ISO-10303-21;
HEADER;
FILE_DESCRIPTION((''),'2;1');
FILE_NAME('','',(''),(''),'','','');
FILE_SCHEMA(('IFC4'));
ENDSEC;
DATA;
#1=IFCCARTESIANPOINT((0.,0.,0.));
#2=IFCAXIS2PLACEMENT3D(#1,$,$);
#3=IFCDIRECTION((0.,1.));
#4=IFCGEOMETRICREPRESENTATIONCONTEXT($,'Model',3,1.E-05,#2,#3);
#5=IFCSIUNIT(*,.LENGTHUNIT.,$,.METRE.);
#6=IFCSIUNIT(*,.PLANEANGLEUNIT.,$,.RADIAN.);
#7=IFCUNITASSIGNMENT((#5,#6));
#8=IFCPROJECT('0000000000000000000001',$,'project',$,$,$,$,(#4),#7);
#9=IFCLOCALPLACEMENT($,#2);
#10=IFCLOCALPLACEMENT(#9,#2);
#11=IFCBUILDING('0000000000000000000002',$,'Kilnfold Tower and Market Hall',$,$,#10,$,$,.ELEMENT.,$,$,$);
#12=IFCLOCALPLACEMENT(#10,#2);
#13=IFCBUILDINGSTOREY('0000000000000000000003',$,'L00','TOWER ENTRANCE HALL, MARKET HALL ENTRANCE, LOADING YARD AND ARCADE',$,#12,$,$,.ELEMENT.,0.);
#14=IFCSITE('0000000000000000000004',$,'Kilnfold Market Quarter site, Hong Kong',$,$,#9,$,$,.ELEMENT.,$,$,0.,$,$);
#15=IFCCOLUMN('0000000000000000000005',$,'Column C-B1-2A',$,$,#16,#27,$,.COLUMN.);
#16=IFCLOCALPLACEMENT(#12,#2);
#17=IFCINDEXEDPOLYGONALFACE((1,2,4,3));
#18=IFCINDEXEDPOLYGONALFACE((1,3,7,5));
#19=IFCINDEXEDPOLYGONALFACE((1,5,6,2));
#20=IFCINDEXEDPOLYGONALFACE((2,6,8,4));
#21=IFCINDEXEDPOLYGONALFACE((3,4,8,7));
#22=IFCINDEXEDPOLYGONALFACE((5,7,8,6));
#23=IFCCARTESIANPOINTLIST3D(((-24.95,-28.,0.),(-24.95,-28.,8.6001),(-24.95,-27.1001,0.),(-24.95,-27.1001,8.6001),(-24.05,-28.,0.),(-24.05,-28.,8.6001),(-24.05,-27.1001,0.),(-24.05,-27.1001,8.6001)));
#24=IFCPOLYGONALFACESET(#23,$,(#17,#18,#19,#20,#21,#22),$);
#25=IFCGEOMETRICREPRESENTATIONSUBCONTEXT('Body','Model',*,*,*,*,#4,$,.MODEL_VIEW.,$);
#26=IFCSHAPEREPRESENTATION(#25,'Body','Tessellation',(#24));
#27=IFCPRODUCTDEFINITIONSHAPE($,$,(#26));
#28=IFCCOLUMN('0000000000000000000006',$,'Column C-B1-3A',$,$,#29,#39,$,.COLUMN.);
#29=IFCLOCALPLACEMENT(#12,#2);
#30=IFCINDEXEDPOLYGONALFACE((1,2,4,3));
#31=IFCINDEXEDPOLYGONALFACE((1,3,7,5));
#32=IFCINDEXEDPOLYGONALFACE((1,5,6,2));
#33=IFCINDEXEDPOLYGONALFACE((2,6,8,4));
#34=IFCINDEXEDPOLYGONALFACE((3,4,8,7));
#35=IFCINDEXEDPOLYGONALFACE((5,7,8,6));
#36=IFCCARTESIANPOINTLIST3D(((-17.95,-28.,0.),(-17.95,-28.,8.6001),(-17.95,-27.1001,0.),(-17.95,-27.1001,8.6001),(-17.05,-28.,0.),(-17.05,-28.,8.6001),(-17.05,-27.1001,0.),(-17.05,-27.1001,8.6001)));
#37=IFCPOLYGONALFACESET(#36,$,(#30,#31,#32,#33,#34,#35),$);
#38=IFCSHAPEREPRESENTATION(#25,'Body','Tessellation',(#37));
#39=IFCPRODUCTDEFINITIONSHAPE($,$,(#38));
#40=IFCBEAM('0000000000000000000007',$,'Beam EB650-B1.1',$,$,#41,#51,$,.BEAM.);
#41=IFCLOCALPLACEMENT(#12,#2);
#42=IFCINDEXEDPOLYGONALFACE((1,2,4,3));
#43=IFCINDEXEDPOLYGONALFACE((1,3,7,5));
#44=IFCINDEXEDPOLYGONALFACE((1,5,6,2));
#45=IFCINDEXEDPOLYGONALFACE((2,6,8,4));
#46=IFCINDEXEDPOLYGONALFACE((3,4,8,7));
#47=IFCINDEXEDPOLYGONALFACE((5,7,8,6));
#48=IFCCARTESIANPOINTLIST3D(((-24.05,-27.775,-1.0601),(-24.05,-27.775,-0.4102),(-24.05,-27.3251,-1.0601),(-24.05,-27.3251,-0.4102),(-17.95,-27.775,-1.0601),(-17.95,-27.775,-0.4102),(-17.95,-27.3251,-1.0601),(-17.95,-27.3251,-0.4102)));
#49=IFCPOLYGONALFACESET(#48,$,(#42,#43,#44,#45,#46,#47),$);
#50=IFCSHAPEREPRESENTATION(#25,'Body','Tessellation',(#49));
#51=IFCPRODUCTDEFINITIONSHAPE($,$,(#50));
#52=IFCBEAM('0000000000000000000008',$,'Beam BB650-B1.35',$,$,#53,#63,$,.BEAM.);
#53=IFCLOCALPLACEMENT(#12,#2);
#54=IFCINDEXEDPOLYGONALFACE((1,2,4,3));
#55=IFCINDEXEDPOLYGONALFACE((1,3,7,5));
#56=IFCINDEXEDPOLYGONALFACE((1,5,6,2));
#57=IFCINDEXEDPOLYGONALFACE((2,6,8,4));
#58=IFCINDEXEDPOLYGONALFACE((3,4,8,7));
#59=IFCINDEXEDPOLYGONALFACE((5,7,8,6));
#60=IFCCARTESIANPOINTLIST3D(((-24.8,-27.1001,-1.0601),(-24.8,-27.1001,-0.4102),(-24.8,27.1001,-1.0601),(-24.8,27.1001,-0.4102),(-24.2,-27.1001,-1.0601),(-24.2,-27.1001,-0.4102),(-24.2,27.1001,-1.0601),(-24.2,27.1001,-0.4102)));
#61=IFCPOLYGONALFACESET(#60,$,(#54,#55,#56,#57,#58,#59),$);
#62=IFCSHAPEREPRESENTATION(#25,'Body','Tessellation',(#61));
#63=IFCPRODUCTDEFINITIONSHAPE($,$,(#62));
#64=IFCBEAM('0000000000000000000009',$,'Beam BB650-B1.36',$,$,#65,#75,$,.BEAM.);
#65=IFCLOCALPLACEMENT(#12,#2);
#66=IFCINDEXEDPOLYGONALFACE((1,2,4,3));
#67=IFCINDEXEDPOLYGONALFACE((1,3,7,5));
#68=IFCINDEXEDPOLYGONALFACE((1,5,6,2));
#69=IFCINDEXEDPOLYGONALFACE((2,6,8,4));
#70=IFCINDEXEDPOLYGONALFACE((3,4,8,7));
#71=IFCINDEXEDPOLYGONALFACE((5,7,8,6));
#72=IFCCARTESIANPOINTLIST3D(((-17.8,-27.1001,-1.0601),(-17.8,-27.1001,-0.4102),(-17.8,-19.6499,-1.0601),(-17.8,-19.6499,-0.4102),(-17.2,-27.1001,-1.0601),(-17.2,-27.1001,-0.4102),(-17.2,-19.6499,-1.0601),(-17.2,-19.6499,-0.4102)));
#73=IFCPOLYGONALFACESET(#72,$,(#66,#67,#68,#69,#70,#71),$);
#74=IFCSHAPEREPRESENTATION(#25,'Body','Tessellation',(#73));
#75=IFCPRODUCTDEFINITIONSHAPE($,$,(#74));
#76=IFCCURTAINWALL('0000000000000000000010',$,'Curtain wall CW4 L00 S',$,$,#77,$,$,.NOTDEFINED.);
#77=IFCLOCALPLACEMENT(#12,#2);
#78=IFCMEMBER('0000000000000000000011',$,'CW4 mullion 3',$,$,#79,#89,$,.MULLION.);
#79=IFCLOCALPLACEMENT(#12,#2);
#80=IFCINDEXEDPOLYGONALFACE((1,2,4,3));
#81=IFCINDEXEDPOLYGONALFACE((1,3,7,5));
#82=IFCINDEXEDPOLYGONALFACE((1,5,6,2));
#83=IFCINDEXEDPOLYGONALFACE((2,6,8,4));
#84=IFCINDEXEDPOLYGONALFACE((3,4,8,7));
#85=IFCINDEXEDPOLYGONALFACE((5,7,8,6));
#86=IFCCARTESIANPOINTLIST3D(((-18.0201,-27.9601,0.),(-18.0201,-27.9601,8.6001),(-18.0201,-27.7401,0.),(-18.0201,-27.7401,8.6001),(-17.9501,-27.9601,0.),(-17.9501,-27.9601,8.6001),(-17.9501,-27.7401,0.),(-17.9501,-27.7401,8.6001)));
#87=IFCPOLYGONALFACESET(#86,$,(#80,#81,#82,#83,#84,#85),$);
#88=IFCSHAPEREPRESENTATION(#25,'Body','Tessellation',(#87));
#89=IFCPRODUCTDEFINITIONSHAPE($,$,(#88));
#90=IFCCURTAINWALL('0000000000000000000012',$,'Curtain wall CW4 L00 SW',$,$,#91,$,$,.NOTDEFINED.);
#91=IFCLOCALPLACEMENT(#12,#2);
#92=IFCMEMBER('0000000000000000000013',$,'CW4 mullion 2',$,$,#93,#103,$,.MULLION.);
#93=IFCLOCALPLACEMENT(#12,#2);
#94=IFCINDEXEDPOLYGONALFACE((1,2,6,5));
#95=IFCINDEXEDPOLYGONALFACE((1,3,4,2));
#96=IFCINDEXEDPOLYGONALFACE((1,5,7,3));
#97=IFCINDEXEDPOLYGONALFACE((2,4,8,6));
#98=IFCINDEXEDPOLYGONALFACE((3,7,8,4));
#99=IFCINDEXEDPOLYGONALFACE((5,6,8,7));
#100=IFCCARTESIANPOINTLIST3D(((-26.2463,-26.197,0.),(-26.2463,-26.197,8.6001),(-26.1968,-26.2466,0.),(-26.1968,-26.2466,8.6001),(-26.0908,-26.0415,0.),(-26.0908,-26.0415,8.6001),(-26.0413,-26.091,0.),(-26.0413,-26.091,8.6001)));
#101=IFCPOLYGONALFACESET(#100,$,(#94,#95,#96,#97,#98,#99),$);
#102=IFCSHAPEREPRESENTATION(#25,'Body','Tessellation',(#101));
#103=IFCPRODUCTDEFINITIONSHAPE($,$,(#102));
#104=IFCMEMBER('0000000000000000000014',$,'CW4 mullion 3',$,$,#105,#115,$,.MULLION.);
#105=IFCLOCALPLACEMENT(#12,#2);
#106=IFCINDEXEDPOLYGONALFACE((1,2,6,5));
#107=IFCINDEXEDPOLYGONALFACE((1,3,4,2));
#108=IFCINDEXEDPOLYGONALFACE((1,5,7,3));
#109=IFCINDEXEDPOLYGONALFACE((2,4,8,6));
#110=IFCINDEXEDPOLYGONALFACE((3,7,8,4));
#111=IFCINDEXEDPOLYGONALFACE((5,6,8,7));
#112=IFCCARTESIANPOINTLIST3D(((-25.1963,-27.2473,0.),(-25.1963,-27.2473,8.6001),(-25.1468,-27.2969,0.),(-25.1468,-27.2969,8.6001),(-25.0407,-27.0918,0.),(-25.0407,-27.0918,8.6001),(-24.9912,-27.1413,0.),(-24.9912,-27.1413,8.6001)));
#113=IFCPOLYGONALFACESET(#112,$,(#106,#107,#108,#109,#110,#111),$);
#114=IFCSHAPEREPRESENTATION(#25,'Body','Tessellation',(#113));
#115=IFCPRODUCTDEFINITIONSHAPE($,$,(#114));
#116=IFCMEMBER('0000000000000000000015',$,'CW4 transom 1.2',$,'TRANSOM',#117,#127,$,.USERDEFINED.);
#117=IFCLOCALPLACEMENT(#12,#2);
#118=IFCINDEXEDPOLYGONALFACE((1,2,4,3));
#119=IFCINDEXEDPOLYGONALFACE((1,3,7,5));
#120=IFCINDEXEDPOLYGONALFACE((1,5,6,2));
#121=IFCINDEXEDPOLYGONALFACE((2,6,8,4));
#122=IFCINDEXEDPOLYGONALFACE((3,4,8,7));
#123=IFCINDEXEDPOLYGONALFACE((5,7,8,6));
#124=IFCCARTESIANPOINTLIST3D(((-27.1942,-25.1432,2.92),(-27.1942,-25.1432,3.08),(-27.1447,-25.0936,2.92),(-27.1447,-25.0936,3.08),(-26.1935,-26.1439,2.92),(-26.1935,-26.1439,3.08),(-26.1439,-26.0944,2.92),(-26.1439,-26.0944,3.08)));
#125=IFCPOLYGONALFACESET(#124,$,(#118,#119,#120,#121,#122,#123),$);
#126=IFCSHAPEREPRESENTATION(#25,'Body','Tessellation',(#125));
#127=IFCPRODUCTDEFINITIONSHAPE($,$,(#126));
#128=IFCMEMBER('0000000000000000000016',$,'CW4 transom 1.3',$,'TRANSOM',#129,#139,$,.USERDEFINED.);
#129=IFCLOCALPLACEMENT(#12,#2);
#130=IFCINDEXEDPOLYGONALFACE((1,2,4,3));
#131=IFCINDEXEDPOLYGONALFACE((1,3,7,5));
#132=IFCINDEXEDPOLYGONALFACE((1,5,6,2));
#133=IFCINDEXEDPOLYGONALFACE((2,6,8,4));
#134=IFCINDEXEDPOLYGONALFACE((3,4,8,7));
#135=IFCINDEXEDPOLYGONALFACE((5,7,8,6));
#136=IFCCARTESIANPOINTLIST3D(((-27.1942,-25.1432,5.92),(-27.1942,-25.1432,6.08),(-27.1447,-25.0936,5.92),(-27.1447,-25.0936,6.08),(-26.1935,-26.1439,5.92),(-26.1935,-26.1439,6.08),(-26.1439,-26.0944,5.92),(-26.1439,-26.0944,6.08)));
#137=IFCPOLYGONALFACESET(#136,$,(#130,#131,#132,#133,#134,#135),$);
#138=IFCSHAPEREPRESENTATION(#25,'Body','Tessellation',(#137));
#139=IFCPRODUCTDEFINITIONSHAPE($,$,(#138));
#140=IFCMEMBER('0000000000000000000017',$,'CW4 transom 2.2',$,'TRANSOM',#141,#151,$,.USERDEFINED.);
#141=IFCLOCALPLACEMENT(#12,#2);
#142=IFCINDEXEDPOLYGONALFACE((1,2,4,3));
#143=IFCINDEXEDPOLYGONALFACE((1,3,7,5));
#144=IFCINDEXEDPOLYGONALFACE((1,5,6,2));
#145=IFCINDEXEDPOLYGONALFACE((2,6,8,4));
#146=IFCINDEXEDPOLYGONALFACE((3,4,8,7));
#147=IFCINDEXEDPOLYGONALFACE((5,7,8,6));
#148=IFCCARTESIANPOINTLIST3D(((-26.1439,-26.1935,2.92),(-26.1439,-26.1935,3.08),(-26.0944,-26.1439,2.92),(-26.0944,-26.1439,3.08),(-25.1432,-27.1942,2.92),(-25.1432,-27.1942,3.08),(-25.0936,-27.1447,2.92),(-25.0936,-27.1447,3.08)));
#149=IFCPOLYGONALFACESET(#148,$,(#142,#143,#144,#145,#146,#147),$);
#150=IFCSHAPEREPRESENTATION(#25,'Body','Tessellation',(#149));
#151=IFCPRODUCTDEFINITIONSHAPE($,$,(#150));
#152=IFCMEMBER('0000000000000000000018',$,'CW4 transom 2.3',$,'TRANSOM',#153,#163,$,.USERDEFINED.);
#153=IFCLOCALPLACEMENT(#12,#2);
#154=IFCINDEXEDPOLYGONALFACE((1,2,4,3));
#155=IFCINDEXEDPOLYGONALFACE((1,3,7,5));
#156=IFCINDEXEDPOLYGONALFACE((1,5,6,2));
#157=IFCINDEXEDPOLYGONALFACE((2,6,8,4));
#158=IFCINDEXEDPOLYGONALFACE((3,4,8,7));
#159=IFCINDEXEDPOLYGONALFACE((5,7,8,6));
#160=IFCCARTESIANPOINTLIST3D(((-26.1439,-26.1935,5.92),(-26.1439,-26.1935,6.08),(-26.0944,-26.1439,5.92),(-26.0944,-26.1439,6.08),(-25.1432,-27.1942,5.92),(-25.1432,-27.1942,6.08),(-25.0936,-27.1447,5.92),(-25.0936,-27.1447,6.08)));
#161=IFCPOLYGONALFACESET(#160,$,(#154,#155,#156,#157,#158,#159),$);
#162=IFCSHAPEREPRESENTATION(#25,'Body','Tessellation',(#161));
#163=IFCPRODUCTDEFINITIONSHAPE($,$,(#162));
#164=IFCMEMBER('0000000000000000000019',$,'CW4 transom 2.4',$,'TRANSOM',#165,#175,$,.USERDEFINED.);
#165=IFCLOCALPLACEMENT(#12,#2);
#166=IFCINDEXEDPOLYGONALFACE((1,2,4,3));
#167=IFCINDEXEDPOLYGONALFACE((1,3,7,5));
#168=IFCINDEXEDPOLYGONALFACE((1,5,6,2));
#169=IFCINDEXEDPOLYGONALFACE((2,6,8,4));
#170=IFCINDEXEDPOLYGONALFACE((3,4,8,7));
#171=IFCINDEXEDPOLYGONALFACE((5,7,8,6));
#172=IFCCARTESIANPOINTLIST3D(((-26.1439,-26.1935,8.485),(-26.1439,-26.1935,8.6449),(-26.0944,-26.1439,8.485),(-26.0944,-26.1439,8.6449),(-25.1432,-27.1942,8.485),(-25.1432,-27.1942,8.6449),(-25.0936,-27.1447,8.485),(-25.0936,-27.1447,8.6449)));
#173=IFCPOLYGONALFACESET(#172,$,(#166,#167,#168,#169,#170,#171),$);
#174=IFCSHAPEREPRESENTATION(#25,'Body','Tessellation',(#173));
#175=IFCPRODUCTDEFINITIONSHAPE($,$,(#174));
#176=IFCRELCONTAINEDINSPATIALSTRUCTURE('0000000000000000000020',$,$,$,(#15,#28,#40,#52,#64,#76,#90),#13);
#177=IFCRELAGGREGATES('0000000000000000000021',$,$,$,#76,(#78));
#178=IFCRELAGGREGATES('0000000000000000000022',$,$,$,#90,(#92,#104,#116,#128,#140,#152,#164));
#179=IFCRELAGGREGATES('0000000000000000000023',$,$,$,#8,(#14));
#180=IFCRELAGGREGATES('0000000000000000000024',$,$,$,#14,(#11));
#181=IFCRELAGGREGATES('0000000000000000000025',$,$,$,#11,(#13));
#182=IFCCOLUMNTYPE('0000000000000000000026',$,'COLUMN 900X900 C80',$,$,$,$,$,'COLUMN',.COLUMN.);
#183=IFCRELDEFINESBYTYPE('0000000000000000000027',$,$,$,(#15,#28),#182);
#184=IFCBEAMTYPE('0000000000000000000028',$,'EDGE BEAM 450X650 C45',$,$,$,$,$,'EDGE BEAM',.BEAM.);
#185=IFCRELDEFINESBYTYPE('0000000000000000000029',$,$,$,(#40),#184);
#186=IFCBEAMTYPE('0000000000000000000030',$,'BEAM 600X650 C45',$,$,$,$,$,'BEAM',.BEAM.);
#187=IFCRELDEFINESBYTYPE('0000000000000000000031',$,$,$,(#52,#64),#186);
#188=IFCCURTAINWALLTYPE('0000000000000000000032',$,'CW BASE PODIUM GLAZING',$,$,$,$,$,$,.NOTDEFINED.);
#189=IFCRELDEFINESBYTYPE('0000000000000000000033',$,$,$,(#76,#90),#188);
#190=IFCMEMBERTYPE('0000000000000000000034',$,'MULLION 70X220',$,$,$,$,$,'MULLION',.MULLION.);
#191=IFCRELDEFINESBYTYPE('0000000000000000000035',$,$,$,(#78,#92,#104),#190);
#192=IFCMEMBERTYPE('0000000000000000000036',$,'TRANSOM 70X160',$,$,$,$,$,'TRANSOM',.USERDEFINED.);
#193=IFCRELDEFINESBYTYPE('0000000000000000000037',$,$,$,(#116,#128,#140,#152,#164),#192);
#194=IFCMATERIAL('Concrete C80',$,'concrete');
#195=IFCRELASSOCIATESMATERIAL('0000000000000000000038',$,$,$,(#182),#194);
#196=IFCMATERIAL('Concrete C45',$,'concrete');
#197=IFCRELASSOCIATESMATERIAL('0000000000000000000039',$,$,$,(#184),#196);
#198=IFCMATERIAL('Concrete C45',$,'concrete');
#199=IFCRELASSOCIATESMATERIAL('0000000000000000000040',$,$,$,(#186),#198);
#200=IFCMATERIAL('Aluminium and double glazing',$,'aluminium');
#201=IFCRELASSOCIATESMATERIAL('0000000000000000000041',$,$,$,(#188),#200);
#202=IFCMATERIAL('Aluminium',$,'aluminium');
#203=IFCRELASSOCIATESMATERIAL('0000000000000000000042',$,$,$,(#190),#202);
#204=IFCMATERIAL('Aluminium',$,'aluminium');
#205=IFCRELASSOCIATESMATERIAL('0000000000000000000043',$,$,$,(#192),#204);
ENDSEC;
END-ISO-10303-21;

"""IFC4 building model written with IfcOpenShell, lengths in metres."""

from ifc_helpers import new_model, si_unit, direction, frame, origin, origin_2d, place, context, subcontext, project, spatial, rectangle, extrude, source, transform, mapped, material, material_profile, profile_set, type_object, element, aggregate, save


model = new_model("IFC4")

# Units and contexts
model_context = context("Model", 3, precision=1e-05, world=origin(), true_north=direction((0.0, 1.0)))
body_context = subcontext(model_context, "Body", "Model", "MODEL_VIEW")
ifc_project = project(units=[si_unit("LENGTHUNIT", "METRE"), si_unit("PLANEANGLEUNIT", "RADIAN")], contexts=[model_context])

# Site, building, storey
site_placement = place(None, origin())
site = spatial("IfcSite", under=ifc_project, at=site_placement, Name="Kilnfold Market Quarter site, Hong Kong", CompositionType="ELEMENT", RefElevation=0.0)
building_placement = place(site_placement, origin())
building = spatial("IfcBuilding", under=site, at=building_placement, Name="Kilnfold Tower and Market Hall", CompositionType="ELEMENT")
storey_placement = place(building_placement, origin())
storey = spatial("IfcBuildingStorey", under=building, at=storey_placement, Name="L00", Description="TOWER ENTRANCE HALL, MARKET HALL ENTRANCE, LOADING YARD AND ARCADE", CompositionType="ELEMENT", Elevation=0.0)

# Columns
ifc_material_1 = material(Name="Concrete C80", Category="concrete")
ifc_material_profile_1 = material_profile(ifc_material_1, rectangle(XDim=0.8999, YDim=0.8999, at=origin_2d()), Name="RC 900x900")
ifc_profile_set_1 = profile_set([ifc_material_profile_1], Name="Concrete C80")
column_type = type_object("IfcColumnType", Name="COLUMN 900X900 C80", ElementType="COLUMN", PredefinedType="COLUMN", material=ifc_profile_set_1)
shared_shape_1 = source(origin(), body_context, "Body", "SweptSolid", [
    extrude(rectangle(XDim=0.8999, YDim=0.8999, at=origin_2d()), origin(), (0.0, 0.0, 1.0), 8.6001),
])
for number, where, z_axis, x_axis, name in (
    (1, (-24.5, -27.55, 0.0), (0.0, 0.0, 1.0), (1.0, 0.0, 0.0), "Column C-B1-2A"),
    (2, (-17.5, -27.55, 0.0), (0.0, 0.0, 1.0), (1.0, 0.0, 0.0), "Column C-B1-3A"),
):
    element("IfcColumn", number, at=place(storey_placement, frame(where, z_axis=z_axis, x_axis=x_axis)), inside=storey, type_object=column_type, Name=name, PredefinedType="COLUMN", context=body_context, shape_type="MappedRepresentation", body=[
        mapped(shared_shape_1, transform((0.0, 0.0, 0.0))),
    ])

# Beams
ifc_material_2 = material(Name="Concrete C45", Category="concrete")
ifc_material_profile_2 = material_profile(ifc_material_2, rectangle(XDim=0.45, YDim=0.6499, at=origin_2d()), Name="RC 450x650")
ifc_profile_set_2 = profile_set([ifc_material_profile_2], Name="Concrete C45")
beam_type_1 = type_object("IfcBeamType", Name="EDGE BEAM 450X650 C45", ElementType="EDGE BEAM", PredefinedType="BEAM", material=ifc_profile_set_2)
shared_shape_2 = source(origin(), body_context, "Body", "SweptSolid", [
    extrude(rectangle(XDim=0.45, YDim=0.6499, at=origin_2d()), origin(), (0.0, 0.0, 1.0), 6.1001),
])
beam_1_placement = place(storey_placement, frame((-24.05, -27.55, -0.7351), z_axis=(1.0, 0.0, 0.0), x_axis=(0.0, 1.0, 0.0)))
element("IfcBeam", 3, at=beam_1_placement, inside=storey, type_object=beam_type_1, Name="Beam EB650-B1.1", PredefinedType="BEAM", context=body_context, shape_type="MappedRepresentation", body=[
    mapped(shared_shape_2, transform((0.0, 0.0, 0.0))),
])
ifc_material_3 = material(Name="Concrete C45", Category="concrete")
ifc_material_profile_3 = material_profile(ifc_material_3, rectangle(XDim=0.6001, YDim=0.6499, at=origin_2d()), Name="RC 600x650")
ifc_profile_set_3 = profile_set([ifc_material_profile_3], Name="Concrete C45")
beam_type_2 = type_object("IfcBeamType", Name="BEAM 600X650 C45", ElementType="BEAM", PredefinedType="BEAM", material=ifc_profile_set_3)
shared_shape_3 = source(origin(), body_context, "Body", "SweptSolid", [
    extrude(rectangle(XDim=0.6001, YDim=0.6499, at=origin_2d()), origin(), (0.0, 0.0, 1.0), 54.2002),
])
beam_2_placement = place(storey_placement, frame((-24.5, -27.1001, -0.7351), z_axis=(0.0, 1.0, 0.0), x_axis=(-1.0, 0.0, 0.0)))
element("IfcBeam", 4, at=beam_2_placement, inside=storey, type_object=beam_type_2, Name="Beam BB650-B1.35", PredefinedType="BEAM", context=body_context, shape_type="MappedRepresentation", body=[
    mapped(shared_shape_3, transform((0.0, 0.0, 0.0))),
])
shared_shape_4 = source(origin(), body_context, "Body", "SweptSolid", [
    extrude(rectangle(XDim=0.6001, YDim=0.6499, at=origin_2d()), origin(), (0.0, 0.0, 1.0), 7.4502),
])
beam_3_placement = place(storey_placement, frame((-17.5, -27.1001, -0.7351), z_axis=(0.0, 1.0, 0.0), x_axis=(-1.0, 0.0, 0.0)))
element("IfcBeam", 5, at=beam_3_placement, inside=storey, type_object=beam_type_2, Name="Beam BB650-B1.36", PredefinedType="BEAM", context=body_context, shape_type="MappedRepresentation", body=[
    mapped(shared_shape_4, transform((0.0, 0.0, 0.0))),
])

# Curtain wall, member
ifc_material_4 = material(Name="Aluminium and double glazing", Category="aluminium")
curtain_wall_type = type_object("IfcCurtainWallType", Name="CW BASE PODIUM GLAZING", PredefinedType="NOTDEFINED", material=ifc_material_4)
curtain_wall_1_placement = place(storey_placement, origin())
curtain_wall_1 = element("IfcCurtainWall", 6, at=curtain_wall_1_placement, inside=storey, type_object=curtain_wall_type, Name="Curtain wall CW4 L00 S", PredefinedType="NOTDEFINED")
ifc_material_5 = material(Name="Aluminium", Category="aluminium")
ifc_material_profile_4 = material_profile(ifc_material_5, rectangle(XDim=0.0701, YDim=0.22, at=origin_2d()), Name="MULLION 70x220")
ifc_profile_set_4 = profile_set([ifc_material_profile_4], Name="Aluminium")
member_type_1 = type_object("IfcMemberType", Name="MULLION 70X220", ElementType="MULLION", PredefinedType="MULLION", material=ifc_profile_set_4)
shared_shape_5 = source(origin(), body_context, "Body", "SweptSolid", [
    extrude(rectangle(XDim=0.0701, YDim=0.22, at=origin_2d()), origin(), (0.0, 0.0, 1.0), 8.6001),
])
member_1_placement = place(storey_placement, frame((-17.9851, -27.8501, 0.0), z_axis=(0.0, 0.0, 1.0), x_axis=(1.0, 0.0, 0.0)))
member_1 = element("IfcMember", 7, at=member_1_placement, type_object=member_type_1, Name="CW4 mullion 3", PredefinedType="MULLION", context=body_context, shape_type="MappedRepresentation", body=[
    mapped(shared_shape_5, transform((0.0, 0.0, 0.0))),
])

# Curtain wall, members
curtain_wall_2_placement = place(storey_placement, origin())
curtain_wall_2 = element("IfcCurtainWall", 8, at=curtain_wall_2_placement, inside=storey, type_object=curtain_wall_type, Name="Curtain wall CW4 L00 SW", PredefinedType="NOTDEFINED")
member_2_placement = place(storey_placement, frame((-26.1438, -26.144, 0.0), z_axis=(0.0, 0.0, 1.0), x_axis=(0.70709, -0.707123, 0.0)))
member_2 = element("IfcMember", 9, at=member_2_placement, type_object=member_type_1, Name="CW4 mullion 2", PredefinedType="MULLION", context=body_context, shape_type="MappedRepresentation", body=[
    mapped(shared_shape_5, transform((0.0, 0.0, 0.0))),
])
member_3_placement = place(storey_placement, frame((-25.0938, -27.1943, 0.0), z_axis=(0.0, 0.0, 1.0), x_axis=(0.70709, -0.707123, 0.0)))
member_3 = element("IfcMember", 10, at=member_3_placement, type_object=member_type_1, Name="CW4 mullion 3", PredefinedType="MULLION", context=body_context, shape_type="MappedRepresentation", body=[
    mapped(shared_shape_5, transform((0.0, 0.0, 0.0))),
])
ifc_material_6 = material(Name="Aluminium", Category="aluminium")
ifc_material_profile_5 = material_profile(ifc_material_6, rectangle(XDim=0.0701, YDim=0.1599, at=origin_2d()), Name="TRANSOM 70x160")
ifc_profile_set_5 = profile_set([ifc_material_profile_5], Name="Aluminium")
member_type_2 = type_object("IfcMemberType", Name="TRANSOM 70X160", ElementType="TRANSOM", PredefinedType="USERDEFINED", material=ifc_profile_set_5)
shared_shape_6 = source(origin(), body_context, "Body", "SweptSolid", [
    extrude(rectangle(XDim=0.0701, YDim=0.1599, at=origin_2d()), origin(), (0.0, 0.0, 1.0), 1.4153),
])
member_4_placement = place(storey_placement, frame((-27.1694, -25.1184, 3.0), z_axis=(0.707107, -0.707107, 0.0), x_axis=(0.707107, 0.707107, 0.0)))
member_4 = element("IfcMember", 11, at=member_4_placement, type_object=member_type_2, Name="CW4 transom 1.2", ObjectType="TRANSOM", PredefinedType="USERDEFINED", context=body_context, shape_type="MappedRepresentation", body=[
    mapped(shared_shape_6, transform((0.0, 0.0, 0.0))),
])
member_5_placement = place(storey_placement, frame((-27.1694, -25.1184, 6.0), z_axis=(0.707107, -0.707107, 0.0), x_axis=(0.707107, 0.707107, 0.0)))
member_5 = element("IfcMember", 12, at=member_5_placement, type_object=member_type_2, Name="CW4 transom 1.3", ObjectType="TRANSOM", PredefinedType="USERDEFINED", context=body_context, shape_type="MappedRepresentation", body=[
    mapped(shared_shape_6, transform((0.0, 0.0, 0.0))),
])
member_6_placement = place(storey_placement, frame((-26.1191, -26.1687, 3.0), z_axis=(0.707107, -0.707107, 0.0), x_axis=(0.707107, 0.707107, 0.0)))
member_6 = element("IfcMember", 13, at=member_6_placement, type_object=member_type_2, Name="CW4 transom 2.2", ObjectType="TRANSOM", PredefinedType="USERDEFINED", context=body_context, shape_type="MappedRepresentation", body=[
    mapped(shared_shape_6, transform((0.0, 0.0, 0.0))),
])
member_7_placement = place(storey_placement, frame((-26.1191, -26.1687, 6.0), z_axis=(0.707107, -0.707107, 0.0), x_axis=(0.707107, 0.707107, 0.0)))
member_7 = element("IfcMember", 14, at=member_7_placement, type_object=member_type_2, Name="CW4 transom 2.3", ObjectType="TRANSOM", PredefinedType="USERDEFINED", context=body_context, shape_type="MappedRepresentation", body=[
    mapped(shared_shape_6, transform((0.0, 0.0, 0.0))),
])
member_8_placement = place(storey_placement, frame((-26.1191, -26.1687, 8.5649), z_axis=(0.707107, -0.707107, 0.0), x_axis=(0.707107, 0.707107, 0.0)))
member_8 = element("IfcMember", 15, at=member_8_placement, type_object=member_type_2, Name="CW4 transom 2.4", ObjectType="TRANSOM", PredefinedType="USERDEFINED", context=body_context, shape_type="MappedRepresentation", body=[
    mapped(shared_shape_6, transform((0.0, 0.0, 0.0))),
])

aggregate(curtain_wall_1, [member_1])
aggregate(curtain_wall_2, [member_2, member_3, member_4, member_5, member_6, member_7, member_8])

save(model, "model.ifc")
